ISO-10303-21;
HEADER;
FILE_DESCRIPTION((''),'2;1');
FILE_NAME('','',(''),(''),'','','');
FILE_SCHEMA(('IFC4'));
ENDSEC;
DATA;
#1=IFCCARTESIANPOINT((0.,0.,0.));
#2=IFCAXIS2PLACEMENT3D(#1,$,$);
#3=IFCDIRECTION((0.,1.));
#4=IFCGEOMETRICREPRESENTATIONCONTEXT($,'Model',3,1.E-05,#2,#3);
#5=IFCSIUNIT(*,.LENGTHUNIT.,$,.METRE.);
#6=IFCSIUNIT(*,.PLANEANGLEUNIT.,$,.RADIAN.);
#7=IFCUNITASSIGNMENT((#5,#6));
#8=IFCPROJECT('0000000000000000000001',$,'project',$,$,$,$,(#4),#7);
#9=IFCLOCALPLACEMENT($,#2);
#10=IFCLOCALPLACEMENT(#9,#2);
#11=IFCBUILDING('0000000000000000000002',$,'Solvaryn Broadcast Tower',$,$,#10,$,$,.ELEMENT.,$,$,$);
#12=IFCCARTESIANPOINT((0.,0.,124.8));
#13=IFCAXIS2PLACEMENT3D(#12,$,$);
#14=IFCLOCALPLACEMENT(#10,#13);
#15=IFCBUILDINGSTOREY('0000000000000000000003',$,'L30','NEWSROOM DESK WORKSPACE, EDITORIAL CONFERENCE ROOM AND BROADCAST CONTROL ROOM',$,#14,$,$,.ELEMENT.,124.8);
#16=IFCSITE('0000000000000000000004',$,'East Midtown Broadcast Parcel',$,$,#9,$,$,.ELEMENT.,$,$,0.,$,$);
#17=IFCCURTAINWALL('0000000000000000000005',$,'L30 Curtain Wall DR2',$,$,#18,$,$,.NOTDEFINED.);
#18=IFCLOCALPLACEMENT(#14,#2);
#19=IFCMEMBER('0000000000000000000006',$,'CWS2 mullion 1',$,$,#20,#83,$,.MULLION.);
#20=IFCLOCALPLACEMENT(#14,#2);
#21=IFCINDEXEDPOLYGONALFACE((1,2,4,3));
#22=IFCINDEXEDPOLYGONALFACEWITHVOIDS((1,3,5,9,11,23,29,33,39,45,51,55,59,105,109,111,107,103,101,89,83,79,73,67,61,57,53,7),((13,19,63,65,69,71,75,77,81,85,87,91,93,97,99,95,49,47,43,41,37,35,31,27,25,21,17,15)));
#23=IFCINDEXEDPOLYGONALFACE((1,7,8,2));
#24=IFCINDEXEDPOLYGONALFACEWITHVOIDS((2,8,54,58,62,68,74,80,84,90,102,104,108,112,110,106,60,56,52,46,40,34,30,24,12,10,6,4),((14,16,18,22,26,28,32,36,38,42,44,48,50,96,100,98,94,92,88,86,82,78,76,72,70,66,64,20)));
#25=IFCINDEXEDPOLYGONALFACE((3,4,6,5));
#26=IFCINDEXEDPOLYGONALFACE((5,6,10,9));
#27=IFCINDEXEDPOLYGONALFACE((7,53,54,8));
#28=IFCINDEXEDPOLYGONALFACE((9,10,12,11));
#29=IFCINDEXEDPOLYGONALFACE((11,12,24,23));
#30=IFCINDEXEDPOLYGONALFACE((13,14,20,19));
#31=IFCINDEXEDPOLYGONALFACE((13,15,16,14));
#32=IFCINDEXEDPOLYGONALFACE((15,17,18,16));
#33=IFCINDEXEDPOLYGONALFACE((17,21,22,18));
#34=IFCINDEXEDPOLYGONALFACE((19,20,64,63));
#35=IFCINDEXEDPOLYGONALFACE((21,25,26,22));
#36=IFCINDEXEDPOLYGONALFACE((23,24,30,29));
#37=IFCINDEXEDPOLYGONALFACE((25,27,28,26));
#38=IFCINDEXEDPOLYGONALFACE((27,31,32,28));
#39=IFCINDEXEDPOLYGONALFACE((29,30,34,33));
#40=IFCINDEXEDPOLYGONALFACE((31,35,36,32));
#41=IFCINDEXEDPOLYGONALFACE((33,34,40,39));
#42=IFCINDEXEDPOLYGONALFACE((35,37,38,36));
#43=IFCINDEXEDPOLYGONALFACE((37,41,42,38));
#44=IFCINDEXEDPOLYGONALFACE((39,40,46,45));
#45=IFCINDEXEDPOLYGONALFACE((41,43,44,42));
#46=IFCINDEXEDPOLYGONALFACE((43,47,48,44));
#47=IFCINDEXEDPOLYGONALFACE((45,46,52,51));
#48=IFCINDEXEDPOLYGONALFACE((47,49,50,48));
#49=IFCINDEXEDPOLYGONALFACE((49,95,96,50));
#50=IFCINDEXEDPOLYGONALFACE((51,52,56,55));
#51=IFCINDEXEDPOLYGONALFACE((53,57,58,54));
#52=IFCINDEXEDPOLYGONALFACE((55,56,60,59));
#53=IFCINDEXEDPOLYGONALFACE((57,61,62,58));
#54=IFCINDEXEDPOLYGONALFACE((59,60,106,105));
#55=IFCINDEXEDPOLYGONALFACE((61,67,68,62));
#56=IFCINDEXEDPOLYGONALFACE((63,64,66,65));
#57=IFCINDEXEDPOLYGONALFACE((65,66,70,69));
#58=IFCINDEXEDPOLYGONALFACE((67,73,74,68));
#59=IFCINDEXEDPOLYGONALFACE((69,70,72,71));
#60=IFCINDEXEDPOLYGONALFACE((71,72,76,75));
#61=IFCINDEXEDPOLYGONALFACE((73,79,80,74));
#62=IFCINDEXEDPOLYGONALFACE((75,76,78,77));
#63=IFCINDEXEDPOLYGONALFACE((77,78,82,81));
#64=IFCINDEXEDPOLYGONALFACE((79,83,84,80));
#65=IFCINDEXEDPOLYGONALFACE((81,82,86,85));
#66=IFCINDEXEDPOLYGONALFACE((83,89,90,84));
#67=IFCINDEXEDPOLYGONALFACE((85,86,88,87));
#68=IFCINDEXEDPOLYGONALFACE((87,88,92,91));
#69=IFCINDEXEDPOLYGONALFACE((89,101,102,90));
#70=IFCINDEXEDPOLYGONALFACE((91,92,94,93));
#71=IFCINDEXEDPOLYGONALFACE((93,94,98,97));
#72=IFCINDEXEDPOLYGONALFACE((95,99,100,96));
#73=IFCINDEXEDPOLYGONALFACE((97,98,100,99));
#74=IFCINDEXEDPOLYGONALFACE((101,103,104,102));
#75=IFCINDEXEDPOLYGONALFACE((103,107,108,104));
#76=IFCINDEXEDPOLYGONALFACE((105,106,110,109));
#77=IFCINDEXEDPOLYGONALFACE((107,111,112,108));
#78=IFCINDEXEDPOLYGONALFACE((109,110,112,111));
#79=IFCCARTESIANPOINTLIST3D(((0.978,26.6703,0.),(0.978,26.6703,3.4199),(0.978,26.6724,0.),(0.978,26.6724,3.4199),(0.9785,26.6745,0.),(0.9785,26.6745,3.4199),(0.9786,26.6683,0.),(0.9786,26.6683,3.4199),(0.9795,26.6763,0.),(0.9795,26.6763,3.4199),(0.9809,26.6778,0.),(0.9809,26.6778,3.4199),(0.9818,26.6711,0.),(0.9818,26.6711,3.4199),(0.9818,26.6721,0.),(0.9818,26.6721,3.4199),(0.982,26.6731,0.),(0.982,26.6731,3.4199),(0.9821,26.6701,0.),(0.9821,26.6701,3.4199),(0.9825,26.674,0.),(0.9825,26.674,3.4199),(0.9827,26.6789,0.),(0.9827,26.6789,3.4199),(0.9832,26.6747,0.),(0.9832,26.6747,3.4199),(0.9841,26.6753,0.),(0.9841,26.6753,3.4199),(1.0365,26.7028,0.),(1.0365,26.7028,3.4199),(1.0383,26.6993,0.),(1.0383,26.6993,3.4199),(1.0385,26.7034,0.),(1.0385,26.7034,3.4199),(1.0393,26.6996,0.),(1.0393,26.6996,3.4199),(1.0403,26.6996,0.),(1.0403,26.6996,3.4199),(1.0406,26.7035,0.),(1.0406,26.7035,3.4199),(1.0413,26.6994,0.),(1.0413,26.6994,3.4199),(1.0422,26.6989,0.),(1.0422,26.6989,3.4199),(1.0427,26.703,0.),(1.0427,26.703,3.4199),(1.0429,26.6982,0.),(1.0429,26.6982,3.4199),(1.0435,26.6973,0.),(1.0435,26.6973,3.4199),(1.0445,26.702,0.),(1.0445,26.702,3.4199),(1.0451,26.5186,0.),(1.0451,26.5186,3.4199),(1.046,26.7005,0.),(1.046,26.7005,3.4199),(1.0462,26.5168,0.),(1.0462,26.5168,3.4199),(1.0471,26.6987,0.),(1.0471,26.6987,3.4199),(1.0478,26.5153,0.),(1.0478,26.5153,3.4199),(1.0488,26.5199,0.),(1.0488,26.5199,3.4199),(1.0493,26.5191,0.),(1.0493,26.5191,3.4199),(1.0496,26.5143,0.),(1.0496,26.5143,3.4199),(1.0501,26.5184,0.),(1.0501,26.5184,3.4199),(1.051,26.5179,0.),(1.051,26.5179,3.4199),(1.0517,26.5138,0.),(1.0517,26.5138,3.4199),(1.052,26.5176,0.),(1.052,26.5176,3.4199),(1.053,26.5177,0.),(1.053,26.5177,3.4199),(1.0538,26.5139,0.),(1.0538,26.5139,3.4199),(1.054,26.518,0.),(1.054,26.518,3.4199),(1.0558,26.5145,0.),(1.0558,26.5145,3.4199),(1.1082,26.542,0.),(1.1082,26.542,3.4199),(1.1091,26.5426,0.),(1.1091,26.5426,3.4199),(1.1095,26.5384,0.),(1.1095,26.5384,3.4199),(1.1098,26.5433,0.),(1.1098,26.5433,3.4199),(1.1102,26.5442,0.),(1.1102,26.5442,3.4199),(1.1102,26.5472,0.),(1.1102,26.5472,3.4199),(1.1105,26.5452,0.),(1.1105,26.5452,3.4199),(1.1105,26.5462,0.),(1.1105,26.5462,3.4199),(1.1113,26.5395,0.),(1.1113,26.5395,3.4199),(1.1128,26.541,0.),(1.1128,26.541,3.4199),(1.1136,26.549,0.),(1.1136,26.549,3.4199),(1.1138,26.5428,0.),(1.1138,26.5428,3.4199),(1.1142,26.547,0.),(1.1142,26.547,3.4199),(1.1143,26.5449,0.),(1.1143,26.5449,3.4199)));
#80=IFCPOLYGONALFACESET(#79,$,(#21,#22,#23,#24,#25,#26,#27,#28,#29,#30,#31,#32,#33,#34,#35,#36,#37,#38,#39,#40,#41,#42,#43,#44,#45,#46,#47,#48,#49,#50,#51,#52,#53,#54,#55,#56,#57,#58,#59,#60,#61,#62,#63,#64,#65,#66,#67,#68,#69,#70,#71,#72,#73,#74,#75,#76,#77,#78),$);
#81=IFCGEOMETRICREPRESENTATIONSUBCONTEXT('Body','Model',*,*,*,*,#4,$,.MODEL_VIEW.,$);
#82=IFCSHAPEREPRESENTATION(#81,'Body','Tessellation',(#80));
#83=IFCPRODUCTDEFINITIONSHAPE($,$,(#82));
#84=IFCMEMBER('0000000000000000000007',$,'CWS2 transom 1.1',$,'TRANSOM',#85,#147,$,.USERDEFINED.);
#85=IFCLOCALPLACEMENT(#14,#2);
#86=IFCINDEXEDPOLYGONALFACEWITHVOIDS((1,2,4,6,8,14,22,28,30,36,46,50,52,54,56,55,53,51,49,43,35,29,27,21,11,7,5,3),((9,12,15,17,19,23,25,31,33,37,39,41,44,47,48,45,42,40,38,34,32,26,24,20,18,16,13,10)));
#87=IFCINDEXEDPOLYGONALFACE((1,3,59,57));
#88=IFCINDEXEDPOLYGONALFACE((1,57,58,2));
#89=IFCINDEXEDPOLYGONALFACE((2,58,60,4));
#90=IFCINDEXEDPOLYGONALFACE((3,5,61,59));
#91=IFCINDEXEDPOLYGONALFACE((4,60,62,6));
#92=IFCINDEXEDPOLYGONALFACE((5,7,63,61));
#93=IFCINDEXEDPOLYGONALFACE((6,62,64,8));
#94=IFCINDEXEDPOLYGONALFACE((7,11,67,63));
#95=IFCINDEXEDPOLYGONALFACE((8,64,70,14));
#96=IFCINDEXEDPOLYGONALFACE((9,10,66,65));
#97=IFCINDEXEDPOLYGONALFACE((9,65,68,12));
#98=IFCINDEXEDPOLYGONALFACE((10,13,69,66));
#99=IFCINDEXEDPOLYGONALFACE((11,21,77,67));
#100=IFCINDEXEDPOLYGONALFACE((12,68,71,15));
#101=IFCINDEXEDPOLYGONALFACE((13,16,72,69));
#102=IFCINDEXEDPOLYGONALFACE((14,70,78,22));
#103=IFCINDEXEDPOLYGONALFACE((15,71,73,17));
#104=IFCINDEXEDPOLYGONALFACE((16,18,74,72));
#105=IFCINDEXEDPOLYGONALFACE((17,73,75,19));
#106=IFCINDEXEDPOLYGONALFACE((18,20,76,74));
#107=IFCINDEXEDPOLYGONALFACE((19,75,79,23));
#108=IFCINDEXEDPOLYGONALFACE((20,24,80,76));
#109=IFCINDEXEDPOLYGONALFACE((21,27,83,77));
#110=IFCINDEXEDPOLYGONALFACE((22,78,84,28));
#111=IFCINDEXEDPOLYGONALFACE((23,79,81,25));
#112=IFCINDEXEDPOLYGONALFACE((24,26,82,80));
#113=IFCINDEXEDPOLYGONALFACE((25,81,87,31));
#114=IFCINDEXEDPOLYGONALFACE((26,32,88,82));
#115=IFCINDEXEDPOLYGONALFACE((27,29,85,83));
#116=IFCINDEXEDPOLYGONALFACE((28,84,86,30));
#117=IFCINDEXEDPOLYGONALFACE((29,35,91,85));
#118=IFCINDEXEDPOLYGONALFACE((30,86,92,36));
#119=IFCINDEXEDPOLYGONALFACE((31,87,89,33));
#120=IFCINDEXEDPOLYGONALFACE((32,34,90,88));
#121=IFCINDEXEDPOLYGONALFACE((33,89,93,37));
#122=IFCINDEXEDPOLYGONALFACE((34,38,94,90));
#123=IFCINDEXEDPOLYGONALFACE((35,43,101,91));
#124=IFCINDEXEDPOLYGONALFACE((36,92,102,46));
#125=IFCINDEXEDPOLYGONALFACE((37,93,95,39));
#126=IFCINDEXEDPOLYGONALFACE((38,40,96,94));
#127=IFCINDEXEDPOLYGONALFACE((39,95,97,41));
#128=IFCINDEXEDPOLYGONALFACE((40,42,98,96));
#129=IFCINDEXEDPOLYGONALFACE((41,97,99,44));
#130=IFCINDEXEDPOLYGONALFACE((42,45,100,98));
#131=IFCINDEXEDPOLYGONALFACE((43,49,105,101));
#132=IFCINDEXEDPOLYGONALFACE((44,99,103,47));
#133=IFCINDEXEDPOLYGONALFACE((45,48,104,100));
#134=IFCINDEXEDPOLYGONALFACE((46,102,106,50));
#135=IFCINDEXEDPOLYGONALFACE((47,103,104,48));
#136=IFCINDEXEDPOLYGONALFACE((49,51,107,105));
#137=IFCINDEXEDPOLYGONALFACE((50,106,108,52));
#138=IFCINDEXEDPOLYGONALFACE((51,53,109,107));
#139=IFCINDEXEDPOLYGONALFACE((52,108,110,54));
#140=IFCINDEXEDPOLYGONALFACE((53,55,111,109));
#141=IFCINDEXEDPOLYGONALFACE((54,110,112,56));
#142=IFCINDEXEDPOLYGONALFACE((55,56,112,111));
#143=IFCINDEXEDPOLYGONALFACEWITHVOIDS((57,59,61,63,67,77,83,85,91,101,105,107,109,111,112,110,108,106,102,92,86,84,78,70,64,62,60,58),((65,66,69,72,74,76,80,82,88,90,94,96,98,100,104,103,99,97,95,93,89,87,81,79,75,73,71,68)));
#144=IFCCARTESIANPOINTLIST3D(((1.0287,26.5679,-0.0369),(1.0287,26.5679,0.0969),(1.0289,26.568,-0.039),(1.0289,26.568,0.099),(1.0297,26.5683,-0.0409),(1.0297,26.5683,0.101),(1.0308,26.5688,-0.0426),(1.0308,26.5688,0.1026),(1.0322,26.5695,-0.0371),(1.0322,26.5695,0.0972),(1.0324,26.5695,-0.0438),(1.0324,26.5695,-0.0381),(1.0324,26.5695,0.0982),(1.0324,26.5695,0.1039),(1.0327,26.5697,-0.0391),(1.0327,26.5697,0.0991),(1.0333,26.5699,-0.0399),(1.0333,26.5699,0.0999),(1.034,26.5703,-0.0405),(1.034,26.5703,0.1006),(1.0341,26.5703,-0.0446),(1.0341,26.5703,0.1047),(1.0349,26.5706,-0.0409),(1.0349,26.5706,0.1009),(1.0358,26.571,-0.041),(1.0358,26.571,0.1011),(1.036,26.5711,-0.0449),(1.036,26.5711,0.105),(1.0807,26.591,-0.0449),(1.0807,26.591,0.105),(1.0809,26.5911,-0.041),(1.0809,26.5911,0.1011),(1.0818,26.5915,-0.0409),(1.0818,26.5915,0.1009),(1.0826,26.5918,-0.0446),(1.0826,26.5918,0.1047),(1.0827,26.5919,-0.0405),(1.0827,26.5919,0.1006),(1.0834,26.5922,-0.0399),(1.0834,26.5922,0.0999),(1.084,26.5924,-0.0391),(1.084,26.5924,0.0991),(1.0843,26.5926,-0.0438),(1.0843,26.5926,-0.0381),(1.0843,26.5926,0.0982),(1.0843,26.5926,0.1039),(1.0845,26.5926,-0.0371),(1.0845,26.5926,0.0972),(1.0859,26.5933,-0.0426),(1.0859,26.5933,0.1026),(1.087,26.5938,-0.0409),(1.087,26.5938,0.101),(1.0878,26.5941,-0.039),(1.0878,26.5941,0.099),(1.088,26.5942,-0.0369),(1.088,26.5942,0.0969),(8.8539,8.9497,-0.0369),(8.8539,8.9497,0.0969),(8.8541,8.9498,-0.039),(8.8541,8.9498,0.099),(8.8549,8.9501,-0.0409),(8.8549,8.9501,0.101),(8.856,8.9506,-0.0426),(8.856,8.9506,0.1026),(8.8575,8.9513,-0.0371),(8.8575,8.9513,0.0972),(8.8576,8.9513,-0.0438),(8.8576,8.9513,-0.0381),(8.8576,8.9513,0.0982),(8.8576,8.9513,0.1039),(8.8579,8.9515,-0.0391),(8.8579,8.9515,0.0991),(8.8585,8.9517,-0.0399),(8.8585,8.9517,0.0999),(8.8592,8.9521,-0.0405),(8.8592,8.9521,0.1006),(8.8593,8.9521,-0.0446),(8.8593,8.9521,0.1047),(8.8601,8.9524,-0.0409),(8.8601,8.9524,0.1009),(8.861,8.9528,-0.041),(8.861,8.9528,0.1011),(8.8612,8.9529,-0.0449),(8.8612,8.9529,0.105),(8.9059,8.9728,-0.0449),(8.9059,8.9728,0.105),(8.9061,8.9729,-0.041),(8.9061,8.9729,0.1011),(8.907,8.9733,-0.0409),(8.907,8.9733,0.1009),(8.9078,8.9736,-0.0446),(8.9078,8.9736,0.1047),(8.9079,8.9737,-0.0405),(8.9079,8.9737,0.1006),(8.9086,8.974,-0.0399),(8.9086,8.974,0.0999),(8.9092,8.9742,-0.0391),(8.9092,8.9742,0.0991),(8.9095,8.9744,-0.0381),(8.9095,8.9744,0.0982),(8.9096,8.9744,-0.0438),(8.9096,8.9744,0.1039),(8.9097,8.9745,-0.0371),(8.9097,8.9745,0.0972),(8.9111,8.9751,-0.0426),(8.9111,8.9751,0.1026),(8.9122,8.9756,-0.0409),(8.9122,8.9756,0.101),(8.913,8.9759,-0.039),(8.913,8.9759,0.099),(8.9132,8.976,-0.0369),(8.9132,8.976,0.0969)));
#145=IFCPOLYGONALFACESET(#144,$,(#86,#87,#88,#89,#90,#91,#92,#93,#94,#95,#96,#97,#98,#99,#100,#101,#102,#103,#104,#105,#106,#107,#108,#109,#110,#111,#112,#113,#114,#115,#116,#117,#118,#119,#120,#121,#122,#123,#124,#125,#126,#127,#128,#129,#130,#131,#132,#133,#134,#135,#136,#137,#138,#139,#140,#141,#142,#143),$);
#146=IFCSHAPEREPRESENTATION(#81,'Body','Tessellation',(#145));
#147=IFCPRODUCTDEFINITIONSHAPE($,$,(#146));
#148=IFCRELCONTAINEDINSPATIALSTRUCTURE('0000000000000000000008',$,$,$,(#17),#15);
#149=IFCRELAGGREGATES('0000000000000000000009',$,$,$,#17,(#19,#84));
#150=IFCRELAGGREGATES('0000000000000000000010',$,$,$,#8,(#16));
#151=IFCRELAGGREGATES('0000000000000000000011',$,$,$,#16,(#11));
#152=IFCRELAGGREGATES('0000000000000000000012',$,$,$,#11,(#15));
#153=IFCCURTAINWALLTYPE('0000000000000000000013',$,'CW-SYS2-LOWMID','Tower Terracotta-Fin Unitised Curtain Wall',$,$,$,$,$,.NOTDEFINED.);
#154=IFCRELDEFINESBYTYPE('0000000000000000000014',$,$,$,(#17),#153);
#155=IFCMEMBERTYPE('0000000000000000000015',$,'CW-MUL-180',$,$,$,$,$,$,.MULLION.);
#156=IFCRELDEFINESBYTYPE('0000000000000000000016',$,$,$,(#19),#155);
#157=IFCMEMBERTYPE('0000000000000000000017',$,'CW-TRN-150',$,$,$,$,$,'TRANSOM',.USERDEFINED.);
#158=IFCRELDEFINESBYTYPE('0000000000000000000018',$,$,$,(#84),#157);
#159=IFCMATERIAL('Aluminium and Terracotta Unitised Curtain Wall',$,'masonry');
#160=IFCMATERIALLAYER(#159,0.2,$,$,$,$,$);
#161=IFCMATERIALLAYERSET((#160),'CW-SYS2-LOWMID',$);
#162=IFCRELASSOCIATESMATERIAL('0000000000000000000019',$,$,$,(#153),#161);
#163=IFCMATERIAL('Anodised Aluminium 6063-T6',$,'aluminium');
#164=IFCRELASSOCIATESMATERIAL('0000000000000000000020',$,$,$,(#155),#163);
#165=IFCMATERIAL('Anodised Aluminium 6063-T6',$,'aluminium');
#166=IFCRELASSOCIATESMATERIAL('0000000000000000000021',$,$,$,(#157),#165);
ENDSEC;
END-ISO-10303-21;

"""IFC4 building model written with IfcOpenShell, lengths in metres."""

from ifc_helpers import new_model, si_unit, direction, frame, origin, origin_2d, place, context, subcontext, project, spatial, hollow_rectangle, extrude, material, layer, layer_set, material_profile, profile_set, type_object, element, aggregate, save


model = new_model("IFC4")

# Units and contexts
model_context = context("Model", 3, precision=1e-05, world=origin(), true_north=direction((0.0, 1.0)))
body_context = subcontext(model_context, "Body", "Model", "MODEL_VIEW")
ifc_project = project(units=[si_unit("LENGTHUNIT", "METRE"), si_unit("PLANEANGLEUNIT", "RADIAN")], contexts=[model_context])

# Site, building, storey
site_placement = place(None, origin())
site = spatial("IfcSite", under=ifc_project, at=site_placement, Name="East Midtown Broadcast Parcel", CompositionType="ELEMENT", RefElevation=0.0)
building_placement = place(site_placement, origin())
building = spatial("IfcBuilding", under=site, at=building_placement, Name="Solvaryn Broadcast Tower", CompositionType="ELEMENT")
storey_placement = place(building_placement, frame((0.0, 0.0, 124.8)))
storey = spatial("IfcBuildingStorey", under=building, at=storey_placement, Name="L30", Description="NEWSROOM DESK WORKSPACE, EDITORIAL CONFERENCE ROOM AND BROADCAST CONTROL ROOM", CompositionType="ELEMENT", Elevation=124.8)

# Shared definitions
ifc_material_1 = material(Name="Aluminium and Terracotta Unitised Curtain Wall", Category="masonry")
ifc_layer_1 = layer(ifc_material_1, 0.2)
ifc_layer_set_1 = layer_set([ifc_layer_1], Name="CW-SYS2-LOWMID")
curtain_wall_type = type_object("IfcCurtainWallType", Name="CW-SYS2-LOWMID", Description="Tower Terracotta-Fin Unitised Curtain Wall", PredefinedType="NOTDEFINED", material=ifc_layer_set_1)
ifc_material_2 = material(Name="Anodised Aluminium 6063-T6", Category="aluminium")
ifc_material_profile_1 = material_profile(ifc_material_2, hollow_rectangle(XDim=0.075, YDim=0.1799, WallThickness=0.0039, InnerFilletRadius=0.0039, OuterFilletRadius=0.0081, at=origin_2d()))
ifc_profile_set_1 = profile_set([ifc_material_profile_1], Name="Anodised Aluminium 6063-T6")
member_type_1 = type_object("IfcMemberType", Name="CW-MUL-180", PredefinedType="MULLION", material=ifc_profile_set_1)

# Curtain wall, members
curtain_wall_1_placement = place(storey_placement, origin())
curtain_wall_1 = element("IfcCurtainWall", 1, at=curtain_wall_1_placement, inside=storey, type_object=curtain_wall_type, Name="L30 Curtain Wall DR2", PredefinedType="NOTDEFINED")
member_1_placement = place(storey_placement, frame((1.0461, 26.6086, 0.0), z_axis=(0.0, 0.0, 1.0), x_axis=(0.913909, 0.405918, 0.0)))
member_1 = element("IfcMember", 2, at=member_1_placement, type_object=member_type_1, Name="CWS2 mullion 1", PredefinedType="MULLION", context=body_context, shape_type="SweptSolid", body=[
    extrude(hollow_rectangle(XDim=0.075, YDim=0.1799, WallThickness=0.0039, InnerFilletRadius=0.0039, OuterFilletRadius=0.0081, at=origin_2d()), origin(), (0.0, 0.0, 1.0), 3.4199),
])
ifc_material_3 = material(Name="Anodised Aluminium 6063-T6", Category="aluminium")
ifc_material_profile_2 = material_profile(ifc_material_3, hollow_rectangle(XDim=0.0649, YDim=0.1499, WallThickness=0.0039, InnerFilletRadius=0.0039, OuterFilletRadius=0.0081, at=origin_2d()))
ifc_profile_set_2 = profile_set([ifc_material_profile_2], Name="Anodised Aluminium 6063-T6")
member_type_2 = type_object("IfcMemberType", Name="CW-TRN-150", ElementType="TRANSOM", PredefinedType="USERDEFINED", material=ifc_profile_set_2)
member_2_placement = place(storey_placement, frame((1.0583, 26.5811, 0.03), z_axis=(0.405918, -0.91391, 0.0), x_axis=(0.91391, 0.405918, 0.0)))
member_2 = element("IfcMember", 3, at=member_2_placement, type_object=member_type_2, Name="CWS2 transom 1.1", ObjectType="TRANSOM", PredefinedType="USERDEFINED", context=body_context, shape_type="SweptSolid", body=[
    extrude(hollow_rectangle(XDim=0.0649, YDim=0.1499, WallThickness=0.0039, InnerFilletRadius=0.0039, OuterFilletRadius=0.0081, at=origin_2d()), origin(), (0.0, 0.0, 1.0), 19.2778),
])
aggregate(curtain_wall_1, [member_1, member_2])

save(model, "model.ifc")
